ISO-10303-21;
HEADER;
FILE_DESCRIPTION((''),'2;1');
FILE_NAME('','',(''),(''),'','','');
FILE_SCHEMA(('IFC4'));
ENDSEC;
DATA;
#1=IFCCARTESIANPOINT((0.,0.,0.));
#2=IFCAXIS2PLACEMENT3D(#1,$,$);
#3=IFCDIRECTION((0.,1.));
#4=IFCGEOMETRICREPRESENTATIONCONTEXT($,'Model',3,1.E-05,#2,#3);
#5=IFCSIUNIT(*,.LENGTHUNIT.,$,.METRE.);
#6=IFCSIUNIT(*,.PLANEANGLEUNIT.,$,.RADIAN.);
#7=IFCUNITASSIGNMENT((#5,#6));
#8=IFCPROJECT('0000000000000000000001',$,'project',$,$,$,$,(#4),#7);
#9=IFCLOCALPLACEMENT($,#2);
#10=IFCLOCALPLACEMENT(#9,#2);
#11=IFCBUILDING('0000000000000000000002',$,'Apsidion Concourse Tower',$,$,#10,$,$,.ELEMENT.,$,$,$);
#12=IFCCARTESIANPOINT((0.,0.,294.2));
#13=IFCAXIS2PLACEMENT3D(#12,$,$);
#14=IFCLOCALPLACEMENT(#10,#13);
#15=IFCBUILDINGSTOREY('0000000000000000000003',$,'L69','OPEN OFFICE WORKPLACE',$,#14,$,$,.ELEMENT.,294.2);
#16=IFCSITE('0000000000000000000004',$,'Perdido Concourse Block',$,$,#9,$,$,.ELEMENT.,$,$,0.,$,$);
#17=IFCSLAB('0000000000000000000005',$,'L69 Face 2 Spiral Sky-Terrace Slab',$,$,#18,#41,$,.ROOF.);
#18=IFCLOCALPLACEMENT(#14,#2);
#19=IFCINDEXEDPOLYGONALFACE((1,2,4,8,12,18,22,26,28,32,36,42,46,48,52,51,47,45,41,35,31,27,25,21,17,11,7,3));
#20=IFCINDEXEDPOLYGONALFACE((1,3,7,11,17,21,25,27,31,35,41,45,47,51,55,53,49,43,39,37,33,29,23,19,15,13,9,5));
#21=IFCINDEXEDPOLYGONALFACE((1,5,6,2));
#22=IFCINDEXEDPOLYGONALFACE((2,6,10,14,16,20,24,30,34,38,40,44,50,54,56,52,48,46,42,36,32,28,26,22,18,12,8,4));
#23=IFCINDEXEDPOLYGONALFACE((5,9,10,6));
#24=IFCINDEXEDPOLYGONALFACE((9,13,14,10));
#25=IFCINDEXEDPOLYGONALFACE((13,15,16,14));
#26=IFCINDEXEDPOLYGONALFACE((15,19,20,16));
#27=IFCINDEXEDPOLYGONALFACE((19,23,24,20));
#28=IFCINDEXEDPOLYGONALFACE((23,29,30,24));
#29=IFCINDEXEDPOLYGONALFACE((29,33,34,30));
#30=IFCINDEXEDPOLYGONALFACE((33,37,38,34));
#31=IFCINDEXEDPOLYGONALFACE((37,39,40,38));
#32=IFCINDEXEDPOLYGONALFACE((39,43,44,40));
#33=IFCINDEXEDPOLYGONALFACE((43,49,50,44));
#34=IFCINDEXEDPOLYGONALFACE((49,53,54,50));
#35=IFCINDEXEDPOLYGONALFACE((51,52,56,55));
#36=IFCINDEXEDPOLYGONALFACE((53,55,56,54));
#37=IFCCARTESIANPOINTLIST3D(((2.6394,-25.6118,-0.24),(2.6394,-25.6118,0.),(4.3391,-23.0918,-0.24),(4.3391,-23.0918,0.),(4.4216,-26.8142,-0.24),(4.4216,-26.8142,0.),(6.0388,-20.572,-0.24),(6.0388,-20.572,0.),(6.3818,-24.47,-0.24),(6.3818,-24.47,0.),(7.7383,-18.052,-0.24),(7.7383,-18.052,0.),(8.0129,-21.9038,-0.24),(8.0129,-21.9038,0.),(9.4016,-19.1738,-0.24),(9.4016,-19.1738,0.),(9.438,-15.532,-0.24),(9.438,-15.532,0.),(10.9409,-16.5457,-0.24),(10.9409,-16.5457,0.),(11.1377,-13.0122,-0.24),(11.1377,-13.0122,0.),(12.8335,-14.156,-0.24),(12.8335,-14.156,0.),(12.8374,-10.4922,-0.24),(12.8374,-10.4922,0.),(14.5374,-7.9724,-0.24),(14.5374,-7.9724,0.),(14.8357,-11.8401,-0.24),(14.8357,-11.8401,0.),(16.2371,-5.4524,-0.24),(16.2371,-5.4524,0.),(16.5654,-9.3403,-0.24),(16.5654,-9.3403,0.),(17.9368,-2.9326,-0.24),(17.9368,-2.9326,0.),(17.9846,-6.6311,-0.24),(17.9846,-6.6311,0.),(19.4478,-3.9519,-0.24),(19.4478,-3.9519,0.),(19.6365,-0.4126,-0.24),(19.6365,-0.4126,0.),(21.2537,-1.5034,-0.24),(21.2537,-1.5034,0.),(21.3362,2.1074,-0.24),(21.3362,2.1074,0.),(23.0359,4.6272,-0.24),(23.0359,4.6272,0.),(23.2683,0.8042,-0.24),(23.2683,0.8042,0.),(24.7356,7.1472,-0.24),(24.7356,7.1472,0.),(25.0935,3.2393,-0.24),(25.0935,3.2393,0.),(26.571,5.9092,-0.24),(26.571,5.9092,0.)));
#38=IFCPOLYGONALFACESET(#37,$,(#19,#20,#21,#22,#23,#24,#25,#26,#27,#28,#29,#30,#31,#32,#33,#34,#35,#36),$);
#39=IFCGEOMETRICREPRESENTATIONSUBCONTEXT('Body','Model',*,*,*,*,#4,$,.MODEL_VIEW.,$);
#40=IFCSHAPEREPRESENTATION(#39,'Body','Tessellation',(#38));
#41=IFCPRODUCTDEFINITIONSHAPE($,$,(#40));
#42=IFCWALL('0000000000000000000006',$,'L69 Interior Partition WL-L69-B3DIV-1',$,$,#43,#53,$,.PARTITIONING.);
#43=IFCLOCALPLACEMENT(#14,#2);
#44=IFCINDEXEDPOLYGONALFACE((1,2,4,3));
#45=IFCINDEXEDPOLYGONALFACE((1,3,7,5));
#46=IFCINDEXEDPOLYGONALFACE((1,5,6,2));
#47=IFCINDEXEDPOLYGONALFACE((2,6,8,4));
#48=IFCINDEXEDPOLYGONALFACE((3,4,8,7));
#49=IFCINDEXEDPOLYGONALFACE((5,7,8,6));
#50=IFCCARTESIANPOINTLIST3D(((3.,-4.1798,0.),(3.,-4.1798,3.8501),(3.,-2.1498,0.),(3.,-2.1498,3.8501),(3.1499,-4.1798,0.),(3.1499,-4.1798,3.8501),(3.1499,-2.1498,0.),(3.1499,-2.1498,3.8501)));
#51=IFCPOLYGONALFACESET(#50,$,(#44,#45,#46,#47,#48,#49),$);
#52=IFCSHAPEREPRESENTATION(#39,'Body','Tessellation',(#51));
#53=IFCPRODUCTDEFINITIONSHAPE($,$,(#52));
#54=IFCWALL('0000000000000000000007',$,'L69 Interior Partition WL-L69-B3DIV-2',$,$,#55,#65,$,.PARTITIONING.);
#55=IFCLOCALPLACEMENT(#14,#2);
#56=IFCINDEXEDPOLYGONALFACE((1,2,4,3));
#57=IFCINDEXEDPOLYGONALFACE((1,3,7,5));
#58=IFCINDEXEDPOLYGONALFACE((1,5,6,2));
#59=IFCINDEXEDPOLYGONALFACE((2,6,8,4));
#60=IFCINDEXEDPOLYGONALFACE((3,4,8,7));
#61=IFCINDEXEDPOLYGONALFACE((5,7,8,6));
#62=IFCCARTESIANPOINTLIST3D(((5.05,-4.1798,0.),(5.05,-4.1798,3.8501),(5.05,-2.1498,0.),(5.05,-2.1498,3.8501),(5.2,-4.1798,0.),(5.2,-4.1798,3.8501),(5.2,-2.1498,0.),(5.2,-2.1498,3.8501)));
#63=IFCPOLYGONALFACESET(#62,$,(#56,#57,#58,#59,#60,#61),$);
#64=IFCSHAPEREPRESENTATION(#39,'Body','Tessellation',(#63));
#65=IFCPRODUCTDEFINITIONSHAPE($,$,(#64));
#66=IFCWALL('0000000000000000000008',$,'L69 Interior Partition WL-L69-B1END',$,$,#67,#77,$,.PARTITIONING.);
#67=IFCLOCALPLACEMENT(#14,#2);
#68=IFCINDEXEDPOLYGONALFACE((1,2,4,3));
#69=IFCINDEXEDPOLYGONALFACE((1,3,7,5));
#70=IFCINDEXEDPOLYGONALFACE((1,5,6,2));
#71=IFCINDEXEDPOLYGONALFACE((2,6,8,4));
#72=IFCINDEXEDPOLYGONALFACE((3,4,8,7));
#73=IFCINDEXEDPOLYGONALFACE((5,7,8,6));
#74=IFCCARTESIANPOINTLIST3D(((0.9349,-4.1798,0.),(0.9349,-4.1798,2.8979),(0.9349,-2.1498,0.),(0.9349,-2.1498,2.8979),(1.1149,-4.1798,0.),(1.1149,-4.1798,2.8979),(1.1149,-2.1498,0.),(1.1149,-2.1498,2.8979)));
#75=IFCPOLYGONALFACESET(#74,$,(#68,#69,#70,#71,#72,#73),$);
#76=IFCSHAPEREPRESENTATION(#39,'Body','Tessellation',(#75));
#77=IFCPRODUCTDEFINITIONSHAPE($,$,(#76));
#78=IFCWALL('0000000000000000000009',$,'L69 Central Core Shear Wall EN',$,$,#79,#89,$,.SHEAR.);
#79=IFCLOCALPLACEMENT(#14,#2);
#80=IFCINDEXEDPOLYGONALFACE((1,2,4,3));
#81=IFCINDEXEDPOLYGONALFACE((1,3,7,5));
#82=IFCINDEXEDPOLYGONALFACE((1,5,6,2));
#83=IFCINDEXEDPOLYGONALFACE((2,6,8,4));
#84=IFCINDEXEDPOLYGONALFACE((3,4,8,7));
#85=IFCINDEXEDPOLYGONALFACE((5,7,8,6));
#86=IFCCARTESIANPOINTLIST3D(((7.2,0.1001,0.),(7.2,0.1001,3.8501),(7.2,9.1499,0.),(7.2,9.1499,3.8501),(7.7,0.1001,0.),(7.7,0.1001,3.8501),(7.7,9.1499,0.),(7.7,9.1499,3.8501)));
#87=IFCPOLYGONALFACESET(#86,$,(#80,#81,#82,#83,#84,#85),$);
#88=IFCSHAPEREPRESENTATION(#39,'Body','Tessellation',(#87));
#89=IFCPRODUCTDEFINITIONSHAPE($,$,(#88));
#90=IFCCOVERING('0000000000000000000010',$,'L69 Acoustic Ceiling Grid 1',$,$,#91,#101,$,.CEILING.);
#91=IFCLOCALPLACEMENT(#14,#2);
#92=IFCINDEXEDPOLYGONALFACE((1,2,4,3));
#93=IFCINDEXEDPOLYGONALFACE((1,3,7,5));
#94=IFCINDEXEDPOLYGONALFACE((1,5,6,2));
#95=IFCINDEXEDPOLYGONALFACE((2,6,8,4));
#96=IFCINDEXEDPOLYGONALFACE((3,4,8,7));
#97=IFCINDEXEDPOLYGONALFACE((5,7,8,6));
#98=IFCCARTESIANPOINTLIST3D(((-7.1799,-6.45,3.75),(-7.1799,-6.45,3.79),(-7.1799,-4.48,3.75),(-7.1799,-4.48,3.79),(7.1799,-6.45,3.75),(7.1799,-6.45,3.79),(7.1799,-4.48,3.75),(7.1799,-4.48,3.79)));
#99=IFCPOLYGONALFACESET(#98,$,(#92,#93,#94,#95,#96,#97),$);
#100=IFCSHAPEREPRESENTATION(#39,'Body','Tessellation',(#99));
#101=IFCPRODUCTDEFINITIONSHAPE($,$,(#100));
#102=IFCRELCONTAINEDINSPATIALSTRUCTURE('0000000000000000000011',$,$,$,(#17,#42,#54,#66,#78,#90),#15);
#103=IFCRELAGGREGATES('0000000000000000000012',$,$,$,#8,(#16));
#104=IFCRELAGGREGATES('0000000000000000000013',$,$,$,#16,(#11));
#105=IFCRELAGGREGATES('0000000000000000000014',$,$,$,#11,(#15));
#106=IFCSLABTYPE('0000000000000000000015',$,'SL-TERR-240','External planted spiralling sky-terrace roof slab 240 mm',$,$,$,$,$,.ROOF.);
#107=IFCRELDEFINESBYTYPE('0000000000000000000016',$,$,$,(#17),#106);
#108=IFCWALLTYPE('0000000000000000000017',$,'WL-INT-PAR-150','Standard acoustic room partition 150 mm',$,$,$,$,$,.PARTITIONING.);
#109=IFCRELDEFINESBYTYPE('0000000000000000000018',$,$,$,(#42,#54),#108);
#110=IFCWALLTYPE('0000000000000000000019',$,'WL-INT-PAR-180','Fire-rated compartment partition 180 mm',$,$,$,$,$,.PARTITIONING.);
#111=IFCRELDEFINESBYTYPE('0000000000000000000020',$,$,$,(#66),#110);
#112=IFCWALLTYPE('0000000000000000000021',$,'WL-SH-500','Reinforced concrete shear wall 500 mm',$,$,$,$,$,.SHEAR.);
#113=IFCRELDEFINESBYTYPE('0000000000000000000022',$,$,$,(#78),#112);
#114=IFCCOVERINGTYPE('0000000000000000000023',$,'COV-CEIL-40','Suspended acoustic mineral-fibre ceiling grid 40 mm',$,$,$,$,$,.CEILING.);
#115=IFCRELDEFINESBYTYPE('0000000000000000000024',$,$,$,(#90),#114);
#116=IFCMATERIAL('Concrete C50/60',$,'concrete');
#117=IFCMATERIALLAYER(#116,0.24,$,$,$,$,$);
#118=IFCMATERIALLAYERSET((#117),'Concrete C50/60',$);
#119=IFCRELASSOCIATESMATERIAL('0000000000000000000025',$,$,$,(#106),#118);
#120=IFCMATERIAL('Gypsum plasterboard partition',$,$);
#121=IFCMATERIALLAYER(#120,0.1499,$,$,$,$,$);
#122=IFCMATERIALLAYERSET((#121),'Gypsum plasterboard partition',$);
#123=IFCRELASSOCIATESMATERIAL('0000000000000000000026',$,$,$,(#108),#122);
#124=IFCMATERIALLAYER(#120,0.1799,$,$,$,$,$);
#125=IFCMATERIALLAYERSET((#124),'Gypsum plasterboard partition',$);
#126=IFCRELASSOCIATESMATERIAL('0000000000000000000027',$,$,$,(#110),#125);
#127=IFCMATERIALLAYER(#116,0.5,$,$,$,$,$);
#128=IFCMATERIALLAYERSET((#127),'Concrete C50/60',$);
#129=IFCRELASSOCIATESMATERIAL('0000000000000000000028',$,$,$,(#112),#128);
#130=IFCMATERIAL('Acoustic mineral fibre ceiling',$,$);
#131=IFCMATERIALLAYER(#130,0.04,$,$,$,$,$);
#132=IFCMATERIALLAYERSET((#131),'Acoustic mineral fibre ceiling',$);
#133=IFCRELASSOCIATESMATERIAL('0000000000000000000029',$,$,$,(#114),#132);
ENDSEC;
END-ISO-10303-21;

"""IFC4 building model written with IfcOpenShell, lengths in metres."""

from ifc_helpers import new_model, si_unit, direction, frame, frame_2d, origin, place, context, subcontext, project, spatial, polyline, rectangle, outline, extrude, material, layer, layer_set, type_object, element, save


model = new_model("IFC4")

# Units and contexts
model_context = context("Model", 3, precision=1e-05, world=origin(), true_north=direction((0.0, 1.0)))
body_context = subcontext(model_context, "Body", "Model", "MODEL_VIEW")
ifc_project = project(units=[si_unit("LENGTHUNIT", "METRE"), si_unit("PLANEANGLEUNIT", "RADIAN")], contexts=[model_context])

# Site, building, storey
site_placement = place(None, origin())
site = spatial("IfcSite", under=ifc_project, at=site_placement, Name="Perdido Concourse Block", CompositionType="ELEMENT", RefElevation=0.0)
building_placement = place(site_placement, origin())
building = spatial("IfcBuilding", under=site, at=building_placement, Name="Apsidion Concourse Tower", CompositionType="ELEMENT")
storey_placement = place(building_placement, frame((0.0, 0.0, 294.2)))
storey = spatial("IfcBuildingStorey", under=building, at=storey_placement, Name="L69", Description="OPEN OFFICE WORKPLACE", CompositionType="ELEMENT", Elevation=294.2)

# Shared definitions
ifc_material_1 = material(Name="Concrete C50/60", Category="concrete")

# Slab
ifc_layer_1 = layer(ifc_material_1, 0.24)
ifc_layer_set_1 = layer_set([ifc_layer_1], Name="Concrete C50/60")
slab_type_1 = type_object("IfcSlabType", Name="SL-TERR-240", Description="External planted spiralling sky-terrace roof slab 240 mm", PredefinedType="ROOF", material=ifc_layer_set_1)
slab_1_placement = place(storey_placement, frame((0.0, 0.0, -0.24)))
element("IfcSlab", 1, at=slab_1_placement, inside=storey, type_object=slab_type_1, Name="L69 Face 2 Spiral Sky-Terrace Slab", PredefinedType="ROOF", context=body_context, shape_type="SweptSolid", body=[
    extrude(outline(polyline([(2.6394, -25.6118), (4.3391, -23.0918), (6.0388, -20.572), (7.7383, -18.052), (9.438, -15.532), (11.1377, -13.0122), (12.8374, -10.4922), (14.5374, -7.9724), (16.2371, -5.4524), (17.9368, -2.9326), (19.6365, -0.4126), (21.3362, 2.1074), (23.0359, 4.6272), (24.7356, 7.1472), (26.571, 5.9092), (25.0935, 3.2393), (23.2683, 0.8042), (21.2537, -1.5034), (19.4478, -3.9519), (17.9846, -6.6311), (16.5654, -9.3403), (14.8357, -11.8401), (12.8335, -14.156), (10.9409, -16.5457), (9.4016, -19.1738), (8.0129, -21.9038), (6.3818, -24.47), (4.4216, -26.8142), (2.6394, -25.6118)])), origin(), (0.0, 0.0, 1.0), 0.24),
])

# Walls
ifc_material_2 = material(Name="Gypsum plasterboard partition")
ifc_layer_2 = layer(ifc_material_2, 0.1499)
ifc_layer_set_2 = layer_set([ifc_layer_2], Name="Gypsum plasterboard partition")
wall_type_1 = type_object("IfcWallType", Name="WL-INT-PAR-150", Description="Standard acoustic room partition 150 mm", PredefinedType="PARTITIONING", material=ifc_layer_set_2)
for number, where, z_axis, x_axis, name in (
    (2, (3.075, -4.1799, 0.0), (0.0, 0.0, 1.0), (0.0, 1.0, 0.0), "L69 Interior Partition WL-L69-B3DIV-1"),
    (3, (5.125, -4.1799, 0.0), (0.0, 0.0, 1.0), (0.0, 1.0, 0.0), "L69 Interior Partition WL-L69-B3DIV-2"),
):
    element("IfcWall", number, at=place(storey_placement, frame(where, z_axis=z_axis, x_axis=x_axis)), inside=storey, type_object=wall_type_1, Name=name, PredefinedType="PARTITIONING", context=body_context, shape_type="SweptSolid", body=[
        extrude(rectangle(XDim=2.03, YDim=0.1499, at=frame_2d((1.0151, 0.0))), origin(), (0.0, 0.0, 1.0), 3.8501),
    ])
ifc_layer_3 = layer(ifc_material_2, 0.1799)
ifc_layer_set_3 = layer_set([ifc_layer_3], Name="Gypsum plasterboard partition")
wall_type_2 = type_object("IfcWallType", Name="WL-INT-PAR-180", Description="Fire-rated compartment partition 180 mm", PredefinedType="PARTITIONING", material=ifc_layer_set_3)
wall_1_placement = place(storey_placement, frame((1.0249, -4.1799, 0.0), z_axis=(0.0, 0.0, 1.0), x_axis=(0.0, 1.0, 0.0)))
element("IfcWall", 4, at=wall_1_placement, inside=storey, type_object=wall_type_2, Name="L69 Interior Partition WL-L69-B1END", PredefinedType="PARTITIONING", context=body_context, shape_type="SweptSolid", body=[
    extrude(rectangle(XDim=2.03, YDim=0.1799, at=frame_2d((1.0151, 0.0))), origin(), (0.0, 0.0, 1.0), 2.8979),
])

# Wall
ifc_layer_4 = layer(ifc_material_1, 0.5)
ifc_layer_set_4 = layer_set([ifc_layer_4], Name="Concrete C50/60")
wall_type_3 = type_object("IfcWallType", Name="WL-SH-500", Description="Reinforced concrete shear wall 500 mm", PredefinedType="SHEAR", material=ifc_layer_set_4)
wall_2_placement = place(storey_placement, frame((7.45, 0.1001, 0.0), z_axis=(0.0, 0.0, 1.0), x_axis=(0.0, 1.0, 0.0)))
element("IfcWall", 5, at=wall_2_placement, inside=storey, type_object=wall_type_3, Name="L69 Central Core Shear Wall EN", PredefinedType="SHEAR", context=body_context, shape_type="SweptSolid", body=[
    extrude(rectangle(XDim=9.0498, YDim=0.5, at=frame_2d((4.5249, 0.0))), origin(), (0.0, 0.0, 1.0), 3.8501),
])

# Covering
ifc_material_3 = material(Name="Acoustic mineral fibre ceiling")
ifc_layer_5 = layer(ifc_material_3, 0.04)
ifc_layer_set_5 = layer_set([ifc_layer_5], Name="Acoustic mineral fibre ceiling")
covering_type_1 = type_object("IfcCoveringType", Name="COV-CEIL-40", Description="Suspended acoustic mineral-fibre ceiling grid 40 mm", PredefinedType="CEILING", material=ifc_layer_set_5)
covering_1_placement = place(storey_placement, frame((0.0, 0.0, 3.75)))
element("IfcCovering", 6, at=covering_1_placement, inside=storey, type_object=covering_type_1, Name="L69 Acoustic Ceiling Grid 1", PredefinedType="CEILING", context=body_context, shape_type="SweptSolid", body=[
    extrude(outline(polyline([(-7.1799, -6.45), (-7.1799, -4.48), (7.1799, -4.48), (7.1799, -6.45), (-7.1799, -6.45)])), origin(), (0.0, 0.0, 1.0), 0.04),
])

save(model, "model.ifc")
